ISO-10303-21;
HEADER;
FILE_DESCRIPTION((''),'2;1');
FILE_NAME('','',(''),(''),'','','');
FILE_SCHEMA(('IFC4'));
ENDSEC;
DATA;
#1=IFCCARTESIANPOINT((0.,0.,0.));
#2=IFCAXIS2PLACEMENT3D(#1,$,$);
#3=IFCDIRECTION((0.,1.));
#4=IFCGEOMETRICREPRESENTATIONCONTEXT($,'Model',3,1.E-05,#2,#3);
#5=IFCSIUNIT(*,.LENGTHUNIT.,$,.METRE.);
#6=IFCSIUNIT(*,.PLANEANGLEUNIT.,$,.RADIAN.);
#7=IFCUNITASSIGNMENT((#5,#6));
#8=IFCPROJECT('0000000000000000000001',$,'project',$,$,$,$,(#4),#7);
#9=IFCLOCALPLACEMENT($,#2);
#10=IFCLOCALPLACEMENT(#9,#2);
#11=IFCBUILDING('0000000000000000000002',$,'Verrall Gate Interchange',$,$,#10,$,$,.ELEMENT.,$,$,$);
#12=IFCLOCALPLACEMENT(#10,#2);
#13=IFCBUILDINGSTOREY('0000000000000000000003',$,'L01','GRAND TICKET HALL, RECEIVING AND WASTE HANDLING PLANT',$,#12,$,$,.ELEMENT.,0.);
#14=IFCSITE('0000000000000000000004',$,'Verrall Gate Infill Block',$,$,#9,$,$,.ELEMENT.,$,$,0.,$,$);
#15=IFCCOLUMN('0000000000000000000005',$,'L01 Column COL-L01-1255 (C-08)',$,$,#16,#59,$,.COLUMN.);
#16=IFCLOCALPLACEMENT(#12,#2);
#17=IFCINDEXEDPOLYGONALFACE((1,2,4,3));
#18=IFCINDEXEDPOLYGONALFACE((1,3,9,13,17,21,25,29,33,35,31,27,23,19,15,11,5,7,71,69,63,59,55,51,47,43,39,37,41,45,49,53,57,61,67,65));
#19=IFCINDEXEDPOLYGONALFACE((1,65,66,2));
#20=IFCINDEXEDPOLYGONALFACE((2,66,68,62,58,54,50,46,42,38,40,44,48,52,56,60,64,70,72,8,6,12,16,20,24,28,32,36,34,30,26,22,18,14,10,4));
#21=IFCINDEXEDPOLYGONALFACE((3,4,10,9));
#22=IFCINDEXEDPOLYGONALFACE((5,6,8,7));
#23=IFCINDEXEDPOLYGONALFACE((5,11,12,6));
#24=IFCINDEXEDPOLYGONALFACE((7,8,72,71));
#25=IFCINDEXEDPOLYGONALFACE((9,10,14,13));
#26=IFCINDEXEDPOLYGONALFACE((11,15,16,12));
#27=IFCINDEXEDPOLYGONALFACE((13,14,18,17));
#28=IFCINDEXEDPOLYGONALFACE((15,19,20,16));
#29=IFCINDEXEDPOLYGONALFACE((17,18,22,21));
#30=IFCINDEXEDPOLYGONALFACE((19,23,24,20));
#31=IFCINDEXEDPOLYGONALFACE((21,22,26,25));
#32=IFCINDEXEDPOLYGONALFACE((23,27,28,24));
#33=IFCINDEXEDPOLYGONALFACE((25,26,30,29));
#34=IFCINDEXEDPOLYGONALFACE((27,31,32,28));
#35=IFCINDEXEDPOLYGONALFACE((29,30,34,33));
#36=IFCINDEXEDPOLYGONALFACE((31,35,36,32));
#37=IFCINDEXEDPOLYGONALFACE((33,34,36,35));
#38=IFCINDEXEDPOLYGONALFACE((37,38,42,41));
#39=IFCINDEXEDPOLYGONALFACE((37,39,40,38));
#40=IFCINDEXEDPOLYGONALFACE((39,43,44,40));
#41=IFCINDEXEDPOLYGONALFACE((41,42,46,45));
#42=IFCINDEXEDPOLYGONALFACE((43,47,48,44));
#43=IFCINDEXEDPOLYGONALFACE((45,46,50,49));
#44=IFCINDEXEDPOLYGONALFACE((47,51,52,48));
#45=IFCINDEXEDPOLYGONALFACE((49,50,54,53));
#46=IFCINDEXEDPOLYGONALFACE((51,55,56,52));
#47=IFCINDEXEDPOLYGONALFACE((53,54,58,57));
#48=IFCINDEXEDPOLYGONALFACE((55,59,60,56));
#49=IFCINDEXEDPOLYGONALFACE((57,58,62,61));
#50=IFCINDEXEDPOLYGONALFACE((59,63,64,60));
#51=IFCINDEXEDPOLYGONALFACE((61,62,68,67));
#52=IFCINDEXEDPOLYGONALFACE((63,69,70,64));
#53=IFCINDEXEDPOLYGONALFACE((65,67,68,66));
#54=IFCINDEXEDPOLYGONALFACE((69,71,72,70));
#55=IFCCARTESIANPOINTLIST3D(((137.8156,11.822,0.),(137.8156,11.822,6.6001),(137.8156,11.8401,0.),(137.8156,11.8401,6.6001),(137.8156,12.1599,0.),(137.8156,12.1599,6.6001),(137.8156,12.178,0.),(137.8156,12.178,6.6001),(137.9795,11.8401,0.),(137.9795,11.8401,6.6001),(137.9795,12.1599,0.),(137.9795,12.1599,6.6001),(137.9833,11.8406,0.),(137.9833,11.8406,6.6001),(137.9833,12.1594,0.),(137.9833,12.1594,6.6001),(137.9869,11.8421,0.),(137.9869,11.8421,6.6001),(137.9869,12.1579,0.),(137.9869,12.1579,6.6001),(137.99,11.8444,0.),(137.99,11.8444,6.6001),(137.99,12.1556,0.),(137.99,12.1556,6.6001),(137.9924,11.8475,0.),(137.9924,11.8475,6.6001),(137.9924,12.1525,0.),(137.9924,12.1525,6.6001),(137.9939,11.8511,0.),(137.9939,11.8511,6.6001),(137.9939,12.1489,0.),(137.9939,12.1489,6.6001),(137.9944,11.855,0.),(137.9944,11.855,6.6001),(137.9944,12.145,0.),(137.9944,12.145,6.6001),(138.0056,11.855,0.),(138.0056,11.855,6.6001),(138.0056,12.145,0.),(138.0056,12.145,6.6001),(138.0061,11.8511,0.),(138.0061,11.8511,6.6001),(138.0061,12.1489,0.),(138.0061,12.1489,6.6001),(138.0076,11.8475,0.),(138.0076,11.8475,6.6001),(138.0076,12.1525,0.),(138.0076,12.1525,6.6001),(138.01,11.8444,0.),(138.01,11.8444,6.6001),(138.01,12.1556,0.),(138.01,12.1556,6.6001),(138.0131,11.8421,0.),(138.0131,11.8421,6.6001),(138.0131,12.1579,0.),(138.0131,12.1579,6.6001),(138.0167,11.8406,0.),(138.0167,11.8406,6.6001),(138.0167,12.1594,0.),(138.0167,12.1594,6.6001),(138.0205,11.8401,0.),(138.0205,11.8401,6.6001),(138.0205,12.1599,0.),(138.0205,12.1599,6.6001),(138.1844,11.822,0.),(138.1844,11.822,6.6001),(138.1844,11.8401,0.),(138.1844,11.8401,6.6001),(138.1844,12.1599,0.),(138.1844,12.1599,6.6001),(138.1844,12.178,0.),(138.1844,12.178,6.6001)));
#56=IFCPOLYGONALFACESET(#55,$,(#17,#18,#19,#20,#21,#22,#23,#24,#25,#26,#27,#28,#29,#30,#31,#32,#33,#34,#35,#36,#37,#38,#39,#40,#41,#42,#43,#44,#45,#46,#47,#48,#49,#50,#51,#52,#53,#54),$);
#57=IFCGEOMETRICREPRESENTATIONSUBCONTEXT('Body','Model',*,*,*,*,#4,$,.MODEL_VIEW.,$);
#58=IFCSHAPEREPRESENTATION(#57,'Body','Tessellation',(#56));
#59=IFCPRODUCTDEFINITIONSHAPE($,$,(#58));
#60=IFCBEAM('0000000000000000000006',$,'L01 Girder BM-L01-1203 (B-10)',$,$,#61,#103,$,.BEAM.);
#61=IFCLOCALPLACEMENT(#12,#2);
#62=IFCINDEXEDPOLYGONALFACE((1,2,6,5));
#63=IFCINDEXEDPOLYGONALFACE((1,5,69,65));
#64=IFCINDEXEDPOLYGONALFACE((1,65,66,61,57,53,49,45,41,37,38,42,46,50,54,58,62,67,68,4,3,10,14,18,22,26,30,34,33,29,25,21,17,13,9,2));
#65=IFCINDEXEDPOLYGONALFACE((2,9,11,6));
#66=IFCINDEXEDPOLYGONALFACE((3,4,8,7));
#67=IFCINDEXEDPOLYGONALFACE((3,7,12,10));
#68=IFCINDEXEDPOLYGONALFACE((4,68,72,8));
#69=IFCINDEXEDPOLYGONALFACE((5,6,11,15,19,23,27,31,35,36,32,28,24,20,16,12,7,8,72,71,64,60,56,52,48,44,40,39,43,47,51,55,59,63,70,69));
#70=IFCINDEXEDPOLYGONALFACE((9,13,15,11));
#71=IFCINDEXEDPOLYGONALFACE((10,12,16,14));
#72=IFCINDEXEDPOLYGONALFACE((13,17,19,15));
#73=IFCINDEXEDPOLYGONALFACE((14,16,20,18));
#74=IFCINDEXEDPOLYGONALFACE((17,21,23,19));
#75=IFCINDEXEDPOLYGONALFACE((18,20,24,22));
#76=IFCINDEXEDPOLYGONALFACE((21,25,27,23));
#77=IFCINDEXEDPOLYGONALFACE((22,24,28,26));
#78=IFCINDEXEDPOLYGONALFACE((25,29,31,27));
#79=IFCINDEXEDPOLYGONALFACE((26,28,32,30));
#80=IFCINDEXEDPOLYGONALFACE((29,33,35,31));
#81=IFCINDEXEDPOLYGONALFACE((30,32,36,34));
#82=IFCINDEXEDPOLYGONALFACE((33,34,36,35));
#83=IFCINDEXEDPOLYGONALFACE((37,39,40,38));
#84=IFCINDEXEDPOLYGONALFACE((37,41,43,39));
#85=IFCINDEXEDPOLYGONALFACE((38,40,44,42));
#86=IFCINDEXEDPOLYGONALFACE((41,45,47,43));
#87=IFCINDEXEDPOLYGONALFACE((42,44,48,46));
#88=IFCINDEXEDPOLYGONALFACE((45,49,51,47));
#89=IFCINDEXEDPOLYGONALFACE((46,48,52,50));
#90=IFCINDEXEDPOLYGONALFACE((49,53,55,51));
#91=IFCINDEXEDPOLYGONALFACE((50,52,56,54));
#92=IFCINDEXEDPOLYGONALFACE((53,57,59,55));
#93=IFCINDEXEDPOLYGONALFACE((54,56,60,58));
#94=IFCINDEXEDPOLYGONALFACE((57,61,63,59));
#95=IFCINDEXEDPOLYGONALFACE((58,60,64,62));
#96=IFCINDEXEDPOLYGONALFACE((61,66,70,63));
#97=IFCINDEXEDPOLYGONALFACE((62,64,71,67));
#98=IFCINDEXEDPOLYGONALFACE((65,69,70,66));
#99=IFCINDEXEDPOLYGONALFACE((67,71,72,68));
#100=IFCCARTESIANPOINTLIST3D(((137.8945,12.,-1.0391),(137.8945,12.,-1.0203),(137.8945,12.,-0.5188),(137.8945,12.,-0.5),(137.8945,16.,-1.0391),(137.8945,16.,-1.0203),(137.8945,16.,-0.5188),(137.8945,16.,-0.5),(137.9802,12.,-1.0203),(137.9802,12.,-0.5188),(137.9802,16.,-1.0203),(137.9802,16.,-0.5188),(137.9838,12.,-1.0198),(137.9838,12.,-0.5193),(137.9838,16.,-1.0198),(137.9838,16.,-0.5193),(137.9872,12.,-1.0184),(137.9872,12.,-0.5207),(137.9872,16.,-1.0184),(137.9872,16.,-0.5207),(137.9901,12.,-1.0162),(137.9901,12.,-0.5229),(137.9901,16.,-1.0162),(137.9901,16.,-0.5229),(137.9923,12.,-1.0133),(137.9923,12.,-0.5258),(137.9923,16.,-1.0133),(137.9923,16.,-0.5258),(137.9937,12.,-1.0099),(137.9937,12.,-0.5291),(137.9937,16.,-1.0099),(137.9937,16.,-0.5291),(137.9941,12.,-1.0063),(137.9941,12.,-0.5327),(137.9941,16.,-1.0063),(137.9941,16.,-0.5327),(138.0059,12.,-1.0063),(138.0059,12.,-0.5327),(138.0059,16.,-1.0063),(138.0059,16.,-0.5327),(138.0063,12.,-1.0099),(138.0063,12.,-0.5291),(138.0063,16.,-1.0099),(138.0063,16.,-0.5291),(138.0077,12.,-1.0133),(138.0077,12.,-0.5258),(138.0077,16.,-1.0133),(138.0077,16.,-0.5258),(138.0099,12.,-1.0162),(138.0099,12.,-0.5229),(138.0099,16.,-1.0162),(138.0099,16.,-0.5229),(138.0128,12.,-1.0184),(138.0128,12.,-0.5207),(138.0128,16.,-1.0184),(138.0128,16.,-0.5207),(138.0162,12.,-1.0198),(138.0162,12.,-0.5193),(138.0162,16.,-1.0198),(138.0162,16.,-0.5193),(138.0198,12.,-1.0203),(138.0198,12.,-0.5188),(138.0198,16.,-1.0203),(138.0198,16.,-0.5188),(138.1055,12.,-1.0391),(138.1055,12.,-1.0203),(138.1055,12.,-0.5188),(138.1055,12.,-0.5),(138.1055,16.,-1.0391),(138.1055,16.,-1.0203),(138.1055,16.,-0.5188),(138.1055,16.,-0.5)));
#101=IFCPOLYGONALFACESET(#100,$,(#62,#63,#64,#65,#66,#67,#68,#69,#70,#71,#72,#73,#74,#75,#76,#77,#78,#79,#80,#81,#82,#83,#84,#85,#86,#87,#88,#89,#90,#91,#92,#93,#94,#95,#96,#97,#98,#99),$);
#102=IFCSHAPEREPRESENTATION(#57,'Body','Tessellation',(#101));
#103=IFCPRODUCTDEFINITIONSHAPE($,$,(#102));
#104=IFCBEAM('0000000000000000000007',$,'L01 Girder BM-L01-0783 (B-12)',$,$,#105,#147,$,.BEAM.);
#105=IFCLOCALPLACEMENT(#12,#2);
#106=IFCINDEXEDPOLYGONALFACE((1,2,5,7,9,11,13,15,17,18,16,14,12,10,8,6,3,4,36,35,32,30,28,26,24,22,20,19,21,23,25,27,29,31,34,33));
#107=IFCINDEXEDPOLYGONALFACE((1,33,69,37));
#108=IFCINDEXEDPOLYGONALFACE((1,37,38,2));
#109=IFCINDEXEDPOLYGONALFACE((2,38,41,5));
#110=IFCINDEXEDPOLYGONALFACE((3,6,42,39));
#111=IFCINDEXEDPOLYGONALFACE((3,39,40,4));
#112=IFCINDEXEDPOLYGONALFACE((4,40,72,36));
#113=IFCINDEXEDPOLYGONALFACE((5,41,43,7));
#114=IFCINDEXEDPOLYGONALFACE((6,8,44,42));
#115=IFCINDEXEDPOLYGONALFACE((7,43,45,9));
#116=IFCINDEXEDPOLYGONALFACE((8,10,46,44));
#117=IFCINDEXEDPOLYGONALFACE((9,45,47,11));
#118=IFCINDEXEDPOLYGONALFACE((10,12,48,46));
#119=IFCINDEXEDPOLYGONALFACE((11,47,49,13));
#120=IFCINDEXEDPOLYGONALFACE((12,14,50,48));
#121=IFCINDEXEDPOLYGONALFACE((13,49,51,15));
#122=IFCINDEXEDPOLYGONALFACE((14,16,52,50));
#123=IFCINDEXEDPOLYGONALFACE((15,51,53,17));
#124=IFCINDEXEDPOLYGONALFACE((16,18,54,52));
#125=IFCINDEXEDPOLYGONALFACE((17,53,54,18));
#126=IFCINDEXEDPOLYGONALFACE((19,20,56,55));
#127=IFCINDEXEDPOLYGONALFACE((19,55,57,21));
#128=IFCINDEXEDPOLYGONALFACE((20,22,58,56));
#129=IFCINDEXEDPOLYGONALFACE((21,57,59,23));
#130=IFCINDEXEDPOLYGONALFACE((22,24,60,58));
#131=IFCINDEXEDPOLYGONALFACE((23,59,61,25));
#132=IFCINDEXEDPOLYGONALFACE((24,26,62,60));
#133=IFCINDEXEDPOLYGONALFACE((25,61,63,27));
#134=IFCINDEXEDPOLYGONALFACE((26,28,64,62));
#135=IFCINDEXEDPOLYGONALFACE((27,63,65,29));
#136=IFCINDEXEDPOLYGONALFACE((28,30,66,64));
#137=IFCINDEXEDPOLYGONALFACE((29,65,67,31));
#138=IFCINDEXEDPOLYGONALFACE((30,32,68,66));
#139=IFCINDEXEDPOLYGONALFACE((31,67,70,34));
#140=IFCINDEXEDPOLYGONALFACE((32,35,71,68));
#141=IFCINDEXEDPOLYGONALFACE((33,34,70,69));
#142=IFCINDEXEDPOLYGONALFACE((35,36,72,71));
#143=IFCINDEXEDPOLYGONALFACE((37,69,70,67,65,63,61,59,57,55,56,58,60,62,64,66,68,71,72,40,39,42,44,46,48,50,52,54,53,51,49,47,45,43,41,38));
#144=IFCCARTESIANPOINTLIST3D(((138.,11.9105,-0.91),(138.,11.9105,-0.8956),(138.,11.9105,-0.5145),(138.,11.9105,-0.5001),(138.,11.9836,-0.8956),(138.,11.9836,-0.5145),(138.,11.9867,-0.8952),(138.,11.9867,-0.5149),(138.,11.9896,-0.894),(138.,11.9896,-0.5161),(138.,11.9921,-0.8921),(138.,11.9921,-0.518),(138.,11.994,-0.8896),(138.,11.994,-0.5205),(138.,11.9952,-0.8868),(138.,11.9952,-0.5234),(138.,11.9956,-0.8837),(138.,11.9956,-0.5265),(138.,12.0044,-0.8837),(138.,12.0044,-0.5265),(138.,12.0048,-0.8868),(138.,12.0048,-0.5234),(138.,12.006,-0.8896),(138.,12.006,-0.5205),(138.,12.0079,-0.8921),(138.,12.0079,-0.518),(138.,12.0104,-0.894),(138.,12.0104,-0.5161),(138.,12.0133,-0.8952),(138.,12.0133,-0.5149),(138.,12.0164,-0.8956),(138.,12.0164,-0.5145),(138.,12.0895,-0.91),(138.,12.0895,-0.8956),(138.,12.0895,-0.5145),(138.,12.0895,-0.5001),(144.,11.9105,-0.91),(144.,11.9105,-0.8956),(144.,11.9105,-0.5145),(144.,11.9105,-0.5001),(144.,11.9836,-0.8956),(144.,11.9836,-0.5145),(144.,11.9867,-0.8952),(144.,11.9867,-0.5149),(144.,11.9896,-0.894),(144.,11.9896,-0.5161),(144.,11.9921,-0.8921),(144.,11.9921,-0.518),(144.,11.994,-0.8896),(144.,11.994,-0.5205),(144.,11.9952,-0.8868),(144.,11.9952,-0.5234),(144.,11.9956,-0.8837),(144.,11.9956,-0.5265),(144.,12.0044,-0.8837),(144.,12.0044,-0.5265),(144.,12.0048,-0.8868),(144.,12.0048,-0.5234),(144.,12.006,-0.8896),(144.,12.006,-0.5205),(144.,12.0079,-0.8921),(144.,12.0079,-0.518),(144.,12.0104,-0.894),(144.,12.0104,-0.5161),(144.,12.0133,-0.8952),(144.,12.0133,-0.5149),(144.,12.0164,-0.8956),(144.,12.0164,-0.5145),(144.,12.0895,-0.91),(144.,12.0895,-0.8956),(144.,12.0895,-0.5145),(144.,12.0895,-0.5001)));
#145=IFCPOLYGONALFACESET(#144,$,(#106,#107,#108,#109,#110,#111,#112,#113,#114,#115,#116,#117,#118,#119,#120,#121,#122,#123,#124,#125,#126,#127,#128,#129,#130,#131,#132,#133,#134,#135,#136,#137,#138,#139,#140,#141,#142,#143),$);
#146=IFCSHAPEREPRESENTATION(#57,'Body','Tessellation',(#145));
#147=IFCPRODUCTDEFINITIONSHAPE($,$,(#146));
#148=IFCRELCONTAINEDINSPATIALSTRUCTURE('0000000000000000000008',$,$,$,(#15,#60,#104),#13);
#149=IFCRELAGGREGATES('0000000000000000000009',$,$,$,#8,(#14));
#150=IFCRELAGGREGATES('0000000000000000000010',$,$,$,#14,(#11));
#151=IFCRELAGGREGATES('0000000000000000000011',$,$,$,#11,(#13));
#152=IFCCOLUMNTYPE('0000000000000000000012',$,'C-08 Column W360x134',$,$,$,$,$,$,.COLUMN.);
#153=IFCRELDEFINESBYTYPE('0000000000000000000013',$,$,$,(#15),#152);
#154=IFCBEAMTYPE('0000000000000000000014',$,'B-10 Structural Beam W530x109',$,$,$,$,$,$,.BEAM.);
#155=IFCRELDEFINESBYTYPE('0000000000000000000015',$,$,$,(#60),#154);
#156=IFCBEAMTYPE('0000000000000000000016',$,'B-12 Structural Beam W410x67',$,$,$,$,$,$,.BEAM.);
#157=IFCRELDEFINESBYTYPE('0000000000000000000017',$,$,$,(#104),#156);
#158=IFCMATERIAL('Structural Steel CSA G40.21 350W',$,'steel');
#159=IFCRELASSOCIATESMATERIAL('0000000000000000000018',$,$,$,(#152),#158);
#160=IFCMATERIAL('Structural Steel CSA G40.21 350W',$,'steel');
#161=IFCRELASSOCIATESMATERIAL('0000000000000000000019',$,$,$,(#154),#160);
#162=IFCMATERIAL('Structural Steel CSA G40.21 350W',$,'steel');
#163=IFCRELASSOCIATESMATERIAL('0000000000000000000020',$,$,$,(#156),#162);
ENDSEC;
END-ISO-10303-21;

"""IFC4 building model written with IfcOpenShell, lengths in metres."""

from ifc_helpers import new_model, si_unit, direction, frame, origin, origin_2d, place, context, subcontext, project, spatial, i_section, extrude, material, material_profile, profile_set, type_object, element, save


model = new_model("IFC4")

# Units and contexts
model_context = context("Model", 3, precision=1e-05, world=origin(), true_north=direction((0.0, 1.0)))
body_context = subcontext(model_context, "Body", "Model", "MODEL_VIEW")
ifc_project = project(units=[si_unit("LENGTHUNIT", "METRE"), si_unit("PLANEANGLEUNIT", "RADIAN")], contexts=[model_context])

# Site, building, storey
site_placement = place(None, origin())
site = spatial("IfcSite", under=ifc_project, at=site_placement, Name="Verrall Gate Infill Block", CompositionType="ELEMENT", RefElevation=0.0)
building_placement = place(site_placement, origin())
building = spatial("IfcBuilding", under=site, at=building_placement, Name="Verrall Gate Interchange", CompositionType="ELEMENT")
storey_placement = place(building_placement, origin())
storey = spatial("IfcBuildingStorey", under=building, at=storey_placement, Name="L01", Description="GRAND TICKET HALL, RECEIVING AND WASTE HANDLING PLANT", CompositionType="ELEMENT", Elevation=0.0)

# Column
ifc_material_1 = material(Name="Structural Steel CSA G40.21 350W", Category="steel")
ifc_material_profile_1 = material_profile(ifc_material_1, i_section(OverallWidth=0.3689, OverallDepth=0.356, WebThickness=0.0112, FlangeThickness=0.0181, FilletRadius=0.0149, at=origin_2d()), Name="W360x134")
ifc_profile_set_1 = profile_set([ifc_material_profile_1], Name="Structural Steel CSA G40.21 350W")
column_type = type_object("IfcColumnType", Name="C-08 Column W360x134", PredefinedType="COLUMN", material=ifc_profile_set_1)
column_placement = place(storey_placement, frame((138.0, 12.0, 0.0), z_axis=(0.0, 0.0, 1.0), x_axis=(1.0, 0.0, 0.0)))
element("IfcColumn", 1, at=column_placement, inside=storey, type_object=column_type, Name="L01 Column COL-L01-1255 (C-08)", PredefinedType="COLUMN", context=body_context, shape_type="SweptSolid", body=[
    extrude(i_section(OverallWidth=0.3689, OverallDepth=0.356, WebThickness=0.0112, FlangeThickness=0.0181, FilletRadius=0.0149, at=origin_2d()), origin(), (0.0, 0.0, 1.0), 6.6001),
])

# Beams
ifc_material_2 = material(Name="Structural Steel CSA G40.21 350W", Category="steel")
ifc_material_profile_2 = material_profile(ifc_material_2, i_section(OverallWidth=0.2109, OverallDepth=0.5391, WebThickness=0.0117, FlangeThickness=0.0188, FilletRadius=0.0139, at=origin_2d()), Name="W530x109")
ifc_profile_set_2 = profile_set([ifc_material_profile_2], Name="Structural Steel CSA G40.21 350W")
beam_type_1 = type_object("IfcBeamType", Name="B-10 Structural Beam W530x109", PredefinedType="BEAM", material=ifc_profile_set_2)
beam_1_placement = place(storey_placement, frame((138.0, 12.0, -0.7695), z_axis=(0.0, 1.0, 0.0), x_axis=(-1.0, 0.0, 0.0)))
element("IfcBeam", 2, at=beam_1_placement, inside=storey, type_object=beam_type_1, Name="L01 Girder BM-L01-1203 (B-10)", PredefinedType="BEAM", context=body_context, shape_type="SweptSolid", body=[
    extrude(i_section(OverallWidth=0.2109, OverallDepth=0.5391, WebThickness=0.0117, FlangeThickness=0.0188, FilletRadius=0.0139, at=origin_2d()), origin(), (0.0, 0.0, 1.0), 4.0),
])
ifc_material_3 = material(Name="Structural Steel CSA G40.21 350W", Category="steel")
ifc_material_profile_3 = material_profile(ifc_material_3, i_section(OverallWidth=0.179, OverallDepth=0.4099, WebThickness=0.0088, FlangeThickness=0.0144, FilletRadius=0.012, at=origin_2d()), Name="W410x67")
ifc_profile_set_3 = profile_set([ifc_material_profile_3], Name="Structural Steel CSA G40.21 350W")
beam_type_2 = type_object("IfcBeamType", Name="B-12 Structural Beam W410x67", PredefinedType="BEAM", material=ifc_profile_set_3)
beam_2_placement = place(storey_placement, frame((138.0, 12.0, -0.7051), z_axis=(1.0, 0.0, 0.0), x_axis=(0.0, 1.0, 0.0)))
element("IfcBeam", 3, at=beam_2_placement, inside=storey, type_object=beam_type_2, Name="L01 Girder BM-L01-0783 (B-12)", PredefinedType="BEAM", context=body_context, shape_type="SweptSolid", body=[
    extrude(i_section(OverallWidth=0.179, OverallDepth=0.4099, WebThickness=0.0088, FlangeThickness=0.0144, FilletRadius=0.012, at=origin_2d()), origin(), (0.0, 0.0, 1.0), 6.0),
])

save(model, "model.ifc")
